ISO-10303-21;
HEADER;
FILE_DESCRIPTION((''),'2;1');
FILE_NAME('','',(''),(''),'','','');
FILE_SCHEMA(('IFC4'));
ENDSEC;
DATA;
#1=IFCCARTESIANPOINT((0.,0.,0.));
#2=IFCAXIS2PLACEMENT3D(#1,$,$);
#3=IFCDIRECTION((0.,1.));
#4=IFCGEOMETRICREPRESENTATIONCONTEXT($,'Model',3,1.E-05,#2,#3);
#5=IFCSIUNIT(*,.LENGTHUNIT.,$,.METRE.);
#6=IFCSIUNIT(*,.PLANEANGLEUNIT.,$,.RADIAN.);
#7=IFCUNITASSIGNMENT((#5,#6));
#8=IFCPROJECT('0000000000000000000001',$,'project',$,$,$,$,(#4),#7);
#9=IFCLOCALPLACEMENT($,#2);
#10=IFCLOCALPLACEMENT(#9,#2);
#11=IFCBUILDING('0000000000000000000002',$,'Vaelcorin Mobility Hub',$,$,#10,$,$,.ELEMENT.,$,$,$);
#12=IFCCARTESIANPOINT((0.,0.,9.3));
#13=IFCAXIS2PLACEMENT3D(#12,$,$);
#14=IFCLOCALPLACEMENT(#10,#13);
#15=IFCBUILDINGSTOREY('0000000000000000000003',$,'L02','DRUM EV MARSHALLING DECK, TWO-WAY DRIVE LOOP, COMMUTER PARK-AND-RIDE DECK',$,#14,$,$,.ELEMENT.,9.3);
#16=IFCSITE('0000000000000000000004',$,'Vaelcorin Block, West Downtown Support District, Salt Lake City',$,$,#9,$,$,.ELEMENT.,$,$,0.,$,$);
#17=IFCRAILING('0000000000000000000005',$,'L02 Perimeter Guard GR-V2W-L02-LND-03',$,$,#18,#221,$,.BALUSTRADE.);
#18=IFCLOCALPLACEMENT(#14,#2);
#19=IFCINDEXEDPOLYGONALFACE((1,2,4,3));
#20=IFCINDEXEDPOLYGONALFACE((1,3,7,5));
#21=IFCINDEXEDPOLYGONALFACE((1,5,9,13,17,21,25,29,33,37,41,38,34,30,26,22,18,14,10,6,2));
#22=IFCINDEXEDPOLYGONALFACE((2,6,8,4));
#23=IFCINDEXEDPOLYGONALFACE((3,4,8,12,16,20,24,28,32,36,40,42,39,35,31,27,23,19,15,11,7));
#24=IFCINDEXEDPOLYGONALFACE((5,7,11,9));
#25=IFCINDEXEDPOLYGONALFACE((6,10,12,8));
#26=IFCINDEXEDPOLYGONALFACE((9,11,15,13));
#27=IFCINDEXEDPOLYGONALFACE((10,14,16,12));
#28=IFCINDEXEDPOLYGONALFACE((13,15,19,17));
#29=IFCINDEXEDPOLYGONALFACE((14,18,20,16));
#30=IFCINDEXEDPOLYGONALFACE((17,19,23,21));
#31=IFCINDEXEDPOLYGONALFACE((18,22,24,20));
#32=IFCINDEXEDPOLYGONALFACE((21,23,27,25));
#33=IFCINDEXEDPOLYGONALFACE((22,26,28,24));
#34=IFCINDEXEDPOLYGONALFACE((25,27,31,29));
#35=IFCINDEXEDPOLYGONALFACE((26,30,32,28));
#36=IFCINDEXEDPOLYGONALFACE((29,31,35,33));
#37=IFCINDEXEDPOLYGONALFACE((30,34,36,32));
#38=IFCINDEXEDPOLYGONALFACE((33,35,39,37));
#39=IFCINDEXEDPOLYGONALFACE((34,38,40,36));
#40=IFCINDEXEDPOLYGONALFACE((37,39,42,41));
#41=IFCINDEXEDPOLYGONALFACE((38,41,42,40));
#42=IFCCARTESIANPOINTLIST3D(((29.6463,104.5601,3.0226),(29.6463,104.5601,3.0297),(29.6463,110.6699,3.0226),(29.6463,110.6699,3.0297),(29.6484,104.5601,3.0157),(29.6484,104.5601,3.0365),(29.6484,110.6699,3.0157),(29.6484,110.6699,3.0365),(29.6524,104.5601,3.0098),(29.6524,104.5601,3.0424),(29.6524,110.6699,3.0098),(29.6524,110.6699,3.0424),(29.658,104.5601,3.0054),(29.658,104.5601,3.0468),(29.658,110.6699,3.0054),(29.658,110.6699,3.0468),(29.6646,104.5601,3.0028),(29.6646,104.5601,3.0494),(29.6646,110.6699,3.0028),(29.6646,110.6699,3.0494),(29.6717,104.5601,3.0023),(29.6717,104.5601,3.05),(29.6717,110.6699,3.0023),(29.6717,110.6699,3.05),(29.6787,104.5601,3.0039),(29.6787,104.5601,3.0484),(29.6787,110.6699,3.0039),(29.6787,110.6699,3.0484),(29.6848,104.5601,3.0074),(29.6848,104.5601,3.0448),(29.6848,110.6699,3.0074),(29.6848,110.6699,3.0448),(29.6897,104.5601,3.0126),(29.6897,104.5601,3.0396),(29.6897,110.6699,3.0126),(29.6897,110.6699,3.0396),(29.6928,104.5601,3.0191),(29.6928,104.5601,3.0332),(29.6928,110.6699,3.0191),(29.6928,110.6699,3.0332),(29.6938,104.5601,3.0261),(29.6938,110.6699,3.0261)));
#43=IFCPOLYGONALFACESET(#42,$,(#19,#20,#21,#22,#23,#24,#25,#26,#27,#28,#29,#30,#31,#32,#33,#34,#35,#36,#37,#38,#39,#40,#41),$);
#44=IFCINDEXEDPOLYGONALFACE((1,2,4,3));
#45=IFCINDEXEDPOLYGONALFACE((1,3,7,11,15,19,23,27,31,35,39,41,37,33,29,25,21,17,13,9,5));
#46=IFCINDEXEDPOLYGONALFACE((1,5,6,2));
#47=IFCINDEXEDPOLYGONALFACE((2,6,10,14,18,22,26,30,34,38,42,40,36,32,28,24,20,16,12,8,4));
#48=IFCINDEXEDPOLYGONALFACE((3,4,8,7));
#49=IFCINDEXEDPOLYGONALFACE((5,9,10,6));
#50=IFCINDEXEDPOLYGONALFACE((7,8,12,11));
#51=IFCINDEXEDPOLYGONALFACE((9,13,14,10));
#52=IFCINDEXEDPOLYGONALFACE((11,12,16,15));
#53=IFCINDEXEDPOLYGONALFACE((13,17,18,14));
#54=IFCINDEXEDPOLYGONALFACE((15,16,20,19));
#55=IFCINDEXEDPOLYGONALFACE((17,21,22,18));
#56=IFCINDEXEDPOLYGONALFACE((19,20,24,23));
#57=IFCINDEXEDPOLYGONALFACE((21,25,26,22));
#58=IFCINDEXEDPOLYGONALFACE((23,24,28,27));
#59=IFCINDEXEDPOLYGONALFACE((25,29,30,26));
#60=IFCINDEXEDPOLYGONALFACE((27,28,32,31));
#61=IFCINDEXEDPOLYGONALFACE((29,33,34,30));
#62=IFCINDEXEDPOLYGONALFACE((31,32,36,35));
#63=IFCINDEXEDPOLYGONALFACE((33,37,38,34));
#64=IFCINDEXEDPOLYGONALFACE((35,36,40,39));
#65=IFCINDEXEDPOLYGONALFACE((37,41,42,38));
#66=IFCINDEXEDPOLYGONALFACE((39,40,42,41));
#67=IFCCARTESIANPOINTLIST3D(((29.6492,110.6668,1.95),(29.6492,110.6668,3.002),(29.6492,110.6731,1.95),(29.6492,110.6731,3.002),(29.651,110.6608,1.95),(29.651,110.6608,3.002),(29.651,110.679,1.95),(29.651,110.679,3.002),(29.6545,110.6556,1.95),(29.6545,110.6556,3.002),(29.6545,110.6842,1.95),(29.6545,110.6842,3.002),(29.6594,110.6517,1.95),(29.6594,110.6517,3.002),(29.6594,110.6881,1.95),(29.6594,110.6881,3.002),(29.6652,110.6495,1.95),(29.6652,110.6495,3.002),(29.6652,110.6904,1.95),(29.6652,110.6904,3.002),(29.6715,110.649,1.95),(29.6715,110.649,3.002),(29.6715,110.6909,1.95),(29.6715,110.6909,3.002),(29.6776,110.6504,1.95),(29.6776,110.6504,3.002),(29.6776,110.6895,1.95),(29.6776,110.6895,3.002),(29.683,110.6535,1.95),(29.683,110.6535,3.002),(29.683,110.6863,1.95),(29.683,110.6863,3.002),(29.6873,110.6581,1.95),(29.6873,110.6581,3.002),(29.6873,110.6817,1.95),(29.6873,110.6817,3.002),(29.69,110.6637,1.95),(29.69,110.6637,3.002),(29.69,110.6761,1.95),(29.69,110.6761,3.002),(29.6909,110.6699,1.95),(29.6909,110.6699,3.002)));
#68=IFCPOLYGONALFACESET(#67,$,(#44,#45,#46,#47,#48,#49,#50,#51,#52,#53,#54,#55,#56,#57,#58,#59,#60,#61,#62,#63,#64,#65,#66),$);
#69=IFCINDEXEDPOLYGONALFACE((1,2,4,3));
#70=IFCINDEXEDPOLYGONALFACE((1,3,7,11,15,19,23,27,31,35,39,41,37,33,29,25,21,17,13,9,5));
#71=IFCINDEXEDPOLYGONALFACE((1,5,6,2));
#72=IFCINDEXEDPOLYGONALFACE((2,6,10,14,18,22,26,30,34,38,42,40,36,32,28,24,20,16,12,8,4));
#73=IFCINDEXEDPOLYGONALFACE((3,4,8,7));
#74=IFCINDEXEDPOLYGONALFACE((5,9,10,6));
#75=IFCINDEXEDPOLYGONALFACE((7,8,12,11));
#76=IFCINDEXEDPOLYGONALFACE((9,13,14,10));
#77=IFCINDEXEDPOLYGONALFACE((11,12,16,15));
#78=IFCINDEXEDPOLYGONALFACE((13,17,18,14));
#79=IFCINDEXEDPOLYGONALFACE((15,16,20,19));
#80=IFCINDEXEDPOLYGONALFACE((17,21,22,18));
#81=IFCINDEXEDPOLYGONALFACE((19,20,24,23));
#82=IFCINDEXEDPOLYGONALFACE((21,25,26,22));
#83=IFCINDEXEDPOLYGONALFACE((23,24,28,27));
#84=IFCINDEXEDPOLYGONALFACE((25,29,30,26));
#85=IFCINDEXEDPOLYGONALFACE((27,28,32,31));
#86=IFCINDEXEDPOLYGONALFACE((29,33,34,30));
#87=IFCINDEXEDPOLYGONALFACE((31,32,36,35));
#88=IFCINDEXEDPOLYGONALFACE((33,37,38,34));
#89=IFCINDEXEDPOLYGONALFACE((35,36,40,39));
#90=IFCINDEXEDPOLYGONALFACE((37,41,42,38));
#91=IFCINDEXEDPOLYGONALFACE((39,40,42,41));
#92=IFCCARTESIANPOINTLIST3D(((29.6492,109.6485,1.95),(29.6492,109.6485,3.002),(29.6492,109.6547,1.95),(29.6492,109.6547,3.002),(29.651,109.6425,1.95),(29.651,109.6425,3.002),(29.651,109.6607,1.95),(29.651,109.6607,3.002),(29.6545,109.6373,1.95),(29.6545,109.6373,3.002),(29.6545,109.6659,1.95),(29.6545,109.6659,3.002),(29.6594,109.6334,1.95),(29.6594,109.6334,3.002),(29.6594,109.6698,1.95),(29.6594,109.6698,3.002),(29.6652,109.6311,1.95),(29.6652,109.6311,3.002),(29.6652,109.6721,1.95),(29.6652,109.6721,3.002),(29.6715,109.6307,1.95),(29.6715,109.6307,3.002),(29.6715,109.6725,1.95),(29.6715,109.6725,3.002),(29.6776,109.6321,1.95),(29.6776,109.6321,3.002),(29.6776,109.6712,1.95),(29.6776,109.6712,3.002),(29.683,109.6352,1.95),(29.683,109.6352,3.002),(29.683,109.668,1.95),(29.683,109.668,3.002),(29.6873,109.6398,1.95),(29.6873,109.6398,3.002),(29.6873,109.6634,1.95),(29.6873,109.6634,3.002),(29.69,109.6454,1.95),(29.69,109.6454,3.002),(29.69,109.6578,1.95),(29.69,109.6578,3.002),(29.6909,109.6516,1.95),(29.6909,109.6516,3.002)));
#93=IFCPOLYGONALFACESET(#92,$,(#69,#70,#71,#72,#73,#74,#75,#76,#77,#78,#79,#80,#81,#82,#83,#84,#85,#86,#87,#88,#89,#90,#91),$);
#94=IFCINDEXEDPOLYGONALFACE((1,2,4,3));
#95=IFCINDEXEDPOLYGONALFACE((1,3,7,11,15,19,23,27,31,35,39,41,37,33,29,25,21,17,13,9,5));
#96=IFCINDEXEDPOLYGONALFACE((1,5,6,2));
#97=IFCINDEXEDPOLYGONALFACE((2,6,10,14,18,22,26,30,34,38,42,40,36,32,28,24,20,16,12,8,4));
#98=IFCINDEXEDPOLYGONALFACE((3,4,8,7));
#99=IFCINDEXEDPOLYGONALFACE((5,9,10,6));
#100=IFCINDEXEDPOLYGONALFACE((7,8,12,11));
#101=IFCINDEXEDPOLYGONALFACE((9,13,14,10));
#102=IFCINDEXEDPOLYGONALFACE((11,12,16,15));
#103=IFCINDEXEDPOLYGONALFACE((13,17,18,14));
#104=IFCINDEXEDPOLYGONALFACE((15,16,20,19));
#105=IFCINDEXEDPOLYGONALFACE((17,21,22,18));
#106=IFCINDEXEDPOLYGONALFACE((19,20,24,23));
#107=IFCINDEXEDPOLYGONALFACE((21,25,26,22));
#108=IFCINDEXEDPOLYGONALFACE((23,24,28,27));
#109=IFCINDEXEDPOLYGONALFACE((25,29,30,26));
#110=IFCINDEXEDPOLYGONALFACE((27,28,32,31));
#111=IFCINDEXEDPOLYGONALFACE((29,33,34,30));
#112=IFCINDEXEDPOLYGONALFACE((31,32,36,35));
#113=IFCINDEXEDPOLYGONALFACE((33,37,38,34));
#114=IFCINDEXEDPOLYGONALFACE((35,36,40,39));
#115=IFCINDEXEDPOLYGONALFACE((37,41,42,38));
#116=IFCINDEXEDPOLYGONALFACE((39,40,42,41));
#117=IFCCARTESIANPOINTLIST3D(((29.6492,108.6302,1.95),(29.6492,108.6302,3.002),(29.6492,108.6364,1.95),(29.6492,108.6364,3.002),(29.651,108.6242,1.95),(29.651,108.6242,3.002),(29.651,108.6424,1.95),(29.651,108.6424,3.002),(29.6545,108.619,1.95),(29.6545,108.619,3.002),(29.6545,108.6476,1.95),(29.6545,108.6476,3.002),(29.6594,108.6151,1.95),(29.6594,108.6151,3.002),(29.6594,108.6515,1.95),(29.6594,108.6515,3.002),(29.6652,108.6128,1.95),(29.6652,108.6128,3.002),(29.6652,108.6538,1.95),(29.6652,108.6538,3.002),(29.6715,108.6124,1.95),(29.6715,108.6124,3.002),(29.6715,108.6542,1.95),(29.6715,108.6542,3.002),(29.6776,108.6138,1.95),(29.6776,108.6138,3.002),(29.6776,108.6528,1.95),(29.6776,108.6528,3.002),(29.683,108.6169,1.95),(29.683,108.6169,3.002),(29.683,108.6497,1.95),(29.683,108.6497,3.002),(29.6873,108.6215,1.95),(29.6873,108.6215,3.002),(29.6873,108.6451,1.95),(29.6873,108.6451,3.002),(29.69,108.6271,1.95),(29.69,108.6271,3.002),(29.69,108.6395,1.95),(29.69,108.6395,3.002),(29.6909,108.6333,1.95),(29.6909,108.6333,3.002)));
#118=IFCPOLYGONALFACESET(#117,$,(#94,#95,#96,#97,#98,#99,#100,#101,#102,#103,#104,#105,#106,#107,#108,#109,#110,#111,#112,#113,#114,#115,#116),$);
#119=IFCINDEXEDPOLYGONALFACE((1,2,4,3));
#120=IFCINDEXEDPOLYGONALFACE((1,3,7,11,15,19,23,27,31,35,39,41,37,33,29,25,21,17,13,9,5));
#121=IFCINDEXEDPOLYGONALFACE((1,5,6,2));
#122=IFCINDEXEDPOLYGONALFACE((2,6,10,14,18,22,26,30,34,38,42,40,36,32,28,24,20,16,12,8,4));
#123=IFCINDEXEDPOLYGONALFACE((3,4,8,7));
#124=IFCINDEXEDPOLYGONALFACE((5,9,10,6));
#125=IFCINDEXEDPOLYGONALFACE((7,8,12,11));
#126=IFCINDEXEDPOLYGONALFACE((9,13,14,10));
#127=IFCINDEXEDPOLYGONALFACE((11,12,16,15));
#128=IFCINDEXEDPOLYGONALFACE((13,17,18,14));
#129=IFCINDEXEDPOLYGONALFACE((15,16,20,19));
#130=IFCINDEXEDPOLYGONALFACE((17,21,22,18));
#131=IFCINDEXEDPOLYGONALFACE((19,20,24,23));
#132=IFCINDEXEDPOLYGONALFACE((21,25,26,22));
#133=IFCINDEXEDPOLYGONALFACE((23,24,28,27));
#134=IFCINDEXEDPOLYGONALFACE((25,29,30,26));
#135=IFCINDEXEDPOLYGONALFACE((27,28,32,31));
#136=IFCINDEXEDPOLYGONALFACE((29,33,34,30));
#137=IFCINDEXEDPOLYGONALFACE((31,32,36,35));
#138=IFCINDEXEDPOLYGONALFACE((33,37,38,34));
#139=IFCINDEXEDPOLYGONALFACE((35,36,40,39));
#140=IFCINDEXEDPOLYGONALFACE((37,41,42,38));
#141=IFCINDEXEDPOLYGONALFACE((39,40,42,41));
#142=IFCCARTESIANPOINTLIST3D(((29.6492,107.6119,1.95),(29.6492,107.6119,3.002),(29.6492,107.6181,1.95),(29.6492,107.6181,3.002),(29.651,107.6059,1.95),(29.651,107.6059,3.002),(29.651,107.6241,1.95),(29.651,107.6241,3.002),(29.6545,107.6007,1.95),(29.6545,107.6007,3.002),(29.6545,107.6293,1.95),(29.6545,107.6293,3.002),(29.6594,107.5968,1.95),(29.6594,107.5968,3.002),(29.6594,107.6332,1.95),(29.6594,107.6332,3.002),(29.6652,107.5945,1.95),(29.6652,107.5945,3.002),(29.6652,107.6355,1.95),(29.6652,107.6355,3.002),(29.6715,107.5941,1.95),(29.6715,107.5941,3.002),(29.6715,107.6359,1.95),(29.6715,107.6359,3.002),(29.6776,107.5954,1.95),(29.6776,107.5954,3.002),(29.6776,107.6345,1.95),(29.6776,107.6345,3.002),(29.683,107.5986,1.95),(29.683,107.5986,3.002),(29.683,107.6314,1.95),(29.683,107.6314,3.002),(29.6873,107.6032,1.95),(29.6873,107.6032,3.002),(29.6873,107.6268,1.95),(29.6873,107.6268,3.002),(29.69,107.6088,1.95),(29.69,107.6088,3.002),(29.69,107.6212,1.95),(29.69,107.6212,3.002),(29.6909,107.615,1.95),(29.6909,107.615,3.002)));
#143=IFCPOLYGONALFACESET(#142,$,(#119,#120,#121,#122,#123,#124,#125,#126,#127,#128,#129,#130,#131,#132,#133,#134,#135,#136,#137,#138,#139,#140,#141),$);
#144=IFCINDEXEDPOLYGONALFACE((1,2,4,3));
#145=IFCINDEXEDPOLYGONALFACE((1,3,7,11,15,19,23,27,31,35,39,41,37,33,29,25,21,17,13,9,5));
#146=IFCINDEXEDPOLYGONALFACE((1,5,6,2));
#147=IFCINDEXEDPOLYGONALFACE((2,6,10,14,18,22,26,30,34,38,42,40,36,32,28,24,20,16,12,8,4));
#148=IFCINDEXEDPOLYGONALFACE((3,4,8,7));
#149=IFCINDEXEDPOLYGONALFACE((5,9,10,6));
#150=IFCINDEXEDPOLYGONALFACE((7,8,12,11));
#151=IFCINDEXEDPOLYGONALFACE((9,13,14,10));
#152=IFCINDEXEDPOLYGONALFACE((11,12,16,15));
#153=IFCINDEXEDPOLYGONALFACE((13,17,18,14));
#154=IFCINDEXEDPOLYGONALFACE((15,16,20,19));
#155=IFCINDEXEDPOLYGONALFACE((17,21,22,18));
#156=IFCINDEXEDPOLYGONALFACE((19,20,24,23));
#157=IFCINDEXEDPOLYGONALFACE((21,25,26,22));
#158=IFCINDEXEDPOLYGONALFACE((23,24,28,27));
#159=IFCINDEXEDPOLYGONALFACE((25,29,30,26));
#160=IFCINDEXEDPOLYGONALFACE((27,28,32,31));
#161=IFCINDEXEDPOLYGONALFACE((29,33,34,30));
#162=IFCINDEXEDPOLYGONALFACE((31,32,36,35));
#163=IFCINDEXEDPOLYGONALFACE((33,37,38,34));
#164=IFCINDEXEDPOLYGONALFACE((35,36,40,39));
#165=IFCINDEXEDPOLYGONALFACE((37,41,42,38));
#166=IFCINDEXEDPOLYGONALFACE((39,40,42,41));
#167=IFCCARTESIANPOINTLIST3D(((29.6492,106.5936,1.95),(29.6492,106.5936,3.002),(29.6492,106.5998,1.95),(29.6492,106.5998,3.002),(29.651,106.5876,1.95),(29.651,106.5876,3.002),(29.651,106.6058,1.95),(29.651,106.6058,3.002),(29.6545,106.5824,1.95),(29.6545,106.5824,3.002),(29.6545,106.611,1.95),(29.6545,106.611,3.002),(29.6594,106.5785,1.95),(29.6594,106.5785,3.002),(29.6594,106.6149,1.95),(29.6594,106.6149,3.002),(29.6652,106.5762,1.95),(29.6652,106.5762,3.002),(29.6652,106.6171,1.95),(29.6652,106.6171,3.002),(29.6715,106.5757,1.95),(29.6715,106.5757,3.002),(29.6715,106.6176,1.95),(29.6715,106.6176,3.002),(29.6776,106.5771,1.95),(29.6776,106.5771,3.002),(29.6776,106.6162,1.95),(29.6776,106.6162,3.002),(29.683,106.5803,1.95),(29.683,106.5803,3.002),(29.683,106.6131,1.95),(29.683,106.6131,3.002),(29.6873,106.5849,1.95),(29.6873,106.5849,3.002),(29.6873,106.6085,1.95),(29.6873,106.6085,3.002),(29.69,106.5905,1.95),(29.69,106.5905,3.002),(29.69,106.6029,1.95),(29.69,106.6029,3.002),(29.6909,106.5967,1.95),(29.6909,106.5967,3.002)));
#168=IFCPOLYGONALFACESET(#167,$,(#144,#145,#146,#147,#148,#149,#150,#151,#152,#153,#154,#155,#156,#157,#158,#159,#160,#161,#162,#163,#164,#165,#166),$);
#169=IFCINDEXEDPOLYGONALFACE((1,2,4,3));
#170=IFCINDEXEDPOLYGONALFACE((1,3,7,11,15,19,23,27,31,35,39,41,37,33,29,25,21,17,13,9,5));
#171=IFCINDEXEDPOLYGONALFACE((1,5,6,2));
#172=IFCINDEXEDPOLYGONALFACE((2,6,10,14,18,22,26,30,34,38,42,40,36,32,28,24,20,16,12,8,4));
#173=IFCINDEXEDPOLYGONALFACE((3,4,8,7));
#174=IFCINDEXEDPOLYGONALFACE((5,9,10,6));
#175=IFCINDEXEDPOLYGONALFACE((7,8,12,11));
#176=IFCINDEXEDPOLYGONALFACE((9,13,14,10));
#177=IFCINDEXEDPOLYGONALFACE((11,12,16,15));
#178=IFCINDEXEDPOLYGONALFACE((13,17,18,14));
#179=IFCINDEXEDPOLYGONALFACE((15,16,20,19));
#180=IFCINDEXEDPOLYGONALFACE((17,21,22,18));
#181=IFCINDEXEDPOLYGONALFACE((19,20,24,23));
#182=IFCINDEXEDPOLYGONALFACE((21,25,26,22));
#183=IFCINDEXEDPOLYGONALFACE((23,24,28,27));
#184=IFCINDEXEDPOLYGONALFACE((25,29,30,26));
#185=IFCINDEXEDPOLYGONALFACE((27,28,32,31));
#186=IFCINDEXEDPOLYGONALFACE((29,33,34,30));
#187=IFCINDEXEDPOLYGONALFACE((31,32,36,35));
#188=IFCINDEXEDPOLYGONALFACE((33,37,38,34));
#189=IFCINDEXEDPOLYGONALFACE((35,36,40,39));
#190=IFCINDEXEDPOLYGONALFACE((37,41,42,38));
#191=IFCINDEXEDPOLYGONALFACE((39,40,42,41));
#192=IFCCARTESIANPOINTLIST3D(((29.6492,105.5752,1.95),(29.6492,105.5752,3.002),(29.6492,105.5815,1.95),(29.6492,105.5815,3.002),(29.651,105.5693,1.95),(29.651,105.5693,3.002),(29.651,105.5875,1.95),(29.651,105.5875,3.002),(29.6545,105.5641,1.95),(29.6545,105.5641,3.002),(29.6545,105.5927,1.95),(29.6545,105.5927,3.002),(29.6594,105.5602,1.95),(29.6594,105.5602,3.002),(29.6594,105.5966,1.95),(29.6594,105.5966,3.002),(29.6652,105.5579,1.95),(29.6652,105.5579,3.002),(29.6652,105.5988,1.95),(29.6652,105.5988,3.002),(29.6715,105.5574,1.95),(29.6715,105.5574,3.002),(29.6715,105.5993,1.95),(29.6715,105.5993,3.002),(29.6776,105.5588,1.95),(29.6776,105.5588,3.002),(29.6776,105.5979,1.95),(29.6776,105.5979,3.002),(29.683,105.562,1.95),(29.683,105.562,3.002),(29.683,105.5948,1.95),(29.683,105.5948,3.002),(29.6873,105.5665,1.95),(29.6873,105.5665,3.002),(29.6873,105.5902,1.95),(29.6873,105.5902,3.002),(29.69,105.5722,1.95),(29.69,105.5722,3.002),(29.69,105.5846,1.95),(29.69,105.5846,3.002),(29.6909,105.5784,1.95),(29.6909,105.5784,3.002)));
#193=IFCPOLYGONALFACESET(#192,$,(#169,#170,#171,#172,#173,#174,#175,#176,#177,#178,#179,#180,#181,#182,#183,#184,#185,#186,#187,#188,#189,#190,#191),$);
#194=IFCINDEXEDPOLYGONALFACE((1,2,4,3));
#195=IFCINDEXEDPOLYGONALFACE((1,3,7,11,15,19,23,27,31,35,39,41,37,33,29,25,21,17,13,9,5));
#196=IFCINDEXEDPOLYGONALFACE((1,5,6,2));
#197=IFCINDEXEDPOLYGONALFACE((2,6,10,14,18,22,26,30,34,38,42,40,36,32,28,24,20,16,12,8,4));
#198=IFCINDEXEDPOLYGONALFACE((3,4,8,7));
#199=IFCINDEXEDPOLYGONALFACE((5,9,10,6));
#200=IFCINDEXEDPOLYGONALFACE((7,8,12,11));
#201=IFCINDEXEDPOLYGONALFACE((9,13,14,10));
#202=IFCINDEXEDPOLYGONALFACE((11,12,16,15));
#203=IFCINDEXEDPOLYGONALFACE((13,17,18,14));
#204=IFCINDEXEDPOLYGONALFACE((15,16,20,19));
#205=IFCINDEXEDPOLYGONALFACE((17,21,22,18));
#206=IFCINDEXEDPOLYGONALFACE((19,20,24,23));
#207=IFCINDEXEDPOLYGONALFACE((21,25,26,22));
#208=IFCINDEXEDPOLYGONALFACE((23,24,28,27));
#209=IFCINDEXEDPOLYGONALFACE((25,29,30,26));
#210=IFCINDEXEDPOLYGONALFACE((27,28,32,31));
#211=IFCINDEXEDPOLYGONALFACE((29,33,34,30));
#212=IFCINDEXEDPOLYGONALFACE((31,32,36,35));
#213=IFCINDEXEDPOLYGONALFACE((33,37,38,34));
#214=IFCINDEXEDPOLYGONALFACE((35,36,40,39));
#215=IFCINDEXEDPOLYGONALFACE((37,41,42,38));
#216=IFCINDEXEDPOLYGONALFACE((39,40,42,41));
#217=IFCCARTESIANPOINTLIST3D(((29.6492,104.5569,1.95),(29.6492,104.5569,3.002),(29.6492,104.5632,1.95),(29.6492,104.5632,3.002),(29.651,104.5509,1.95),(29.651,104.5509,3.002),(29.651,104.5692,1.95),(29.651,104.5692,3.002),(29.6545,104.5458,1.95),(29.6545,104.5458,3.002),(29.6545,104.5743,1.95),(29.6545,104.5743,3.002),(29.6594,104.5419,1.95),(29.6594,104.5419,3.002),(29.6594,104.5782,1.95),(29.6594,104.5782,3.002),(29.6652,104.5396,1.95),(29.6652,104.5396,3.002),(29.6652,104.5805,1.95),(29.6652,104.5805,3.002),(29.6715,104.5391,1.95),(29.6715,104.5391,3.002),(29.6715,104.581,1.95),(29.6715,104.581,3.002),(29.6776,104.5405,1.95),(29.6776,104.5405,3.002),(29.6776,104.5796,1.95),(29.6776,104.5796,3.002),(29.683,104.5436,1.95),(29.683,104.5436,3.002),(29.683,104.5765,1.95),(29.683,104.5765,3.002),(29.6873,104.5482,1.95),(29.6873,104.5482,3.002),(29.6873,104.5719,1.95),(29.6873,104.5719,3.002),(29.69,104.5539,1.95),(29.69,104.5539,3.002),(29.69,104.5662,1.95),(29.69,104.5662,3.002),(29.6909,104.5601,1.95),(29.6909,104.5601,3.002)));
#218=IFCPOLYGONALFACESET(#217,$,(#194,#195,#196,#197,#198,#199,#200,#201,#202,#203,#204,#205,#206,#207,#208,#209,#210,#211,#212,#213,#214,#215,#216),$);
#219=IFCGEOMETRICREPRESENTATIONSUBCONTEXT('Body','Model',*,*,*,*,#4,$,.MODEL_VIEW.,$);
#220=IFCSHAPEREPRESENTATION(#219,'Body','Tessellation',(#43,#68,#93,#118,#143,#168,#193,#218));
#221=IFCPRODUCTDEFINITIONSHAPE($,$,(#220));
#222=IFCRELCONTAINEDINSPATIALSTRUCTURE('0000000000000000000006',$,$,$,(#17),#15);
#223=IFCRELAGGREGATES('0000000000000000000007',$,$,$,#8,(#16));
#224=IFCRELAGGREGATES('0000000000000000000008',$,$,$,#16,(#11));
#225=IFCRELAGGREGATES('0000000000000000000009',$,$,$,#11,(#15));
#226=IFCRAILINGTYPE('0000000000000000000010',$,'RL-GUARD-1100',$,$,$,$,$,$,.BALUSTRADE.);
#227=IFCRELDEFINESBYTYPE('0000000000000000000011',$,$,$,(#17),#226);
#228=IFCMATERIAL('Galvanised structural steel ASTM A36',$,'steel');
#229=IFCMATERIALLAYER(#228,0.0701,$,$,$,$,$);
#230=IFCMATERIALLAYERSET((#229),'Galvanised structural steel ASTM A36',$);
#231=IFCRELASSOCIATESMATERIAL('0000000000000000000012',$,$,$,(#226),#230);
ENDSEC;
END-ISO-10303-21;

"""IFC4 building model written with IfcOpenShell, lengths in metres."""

from ifc_helpers import new_model, si_unit, direction, frame, origin, origin_2d, place, context, subcontext, project, spatial, circle, extrude, material, layer, layer_set, type_object, element, save


model = new_model("IFC4")

# Units and contexts
model_context = context("Model", 3, precision=1e-05, world=origin(), true_north=direction((0.0, 1.0)))
body_context = subcontext(model_context, "Body", "Model", "MODEL_VIEW")
ifc_project = project(units=[si_unit("LENGTHUNIT", "METRE"), si_unit("PLANEANGLEUNIT", "RADIAN")], contexts=[model_context])

# Site, building, storey
site_placement = place(None, origin())
site = spatial("IfcSite", under=ifc_project, at=site_placement, Name="Vaelcorin Block, West Downtown Support District, Salt Lake City", CompositionType="ELEMENT", RefElevation=0.0)
building_placement = place(site_placement, origin())
building = spatial("IfcBuilding", under=site, at=building_placement, Name="Vaelcorin Mobility Hub", CompositionType="ELEMENT")
storey_placement = place(building_placement, frame((0.0, 0.0, 9.3)))
storey = spatial("IfcBuildingStorey", under=building, at=storey_placement, Name="L02", Description="DRUM EV MARSHALLING DECK, TWO-WAY DRIVE LOOP, COMMUTER PARK-AND-RIDE DECK", CompositionType="ELEMENT", Elevation=9.3)

# Railing
ifc_material_1 = material(Name="Galvanised structural steel ASTM A36", Category="steel")
ifc_layer_1 = layer(ifc_material_1, 0.0701)
ifc_layer_set_1 = layer_set([ifc_layer_1], Name="Galvanised structural steel ASTM A36")
railing_type = type_object("IfcRailingType", Name="RL-GUARD-1100", PredefinedType="BALUSTRADE", material=ifc_layer_set_1)
railing_1_placement = place(storey_placement, frame((29.6699, 110.6699, 1.95)))
element("IfcRailing", 1, at=railing_1_placement, inside=storey, type_object=railing_type, Name="L02 Perimeter Guard GR-V2W-L02-LND-03", PredefinedType="BALUSTRADE", context=body_context, shape_type="SweptSolid", body=[
    extrude(circle(Radius=0.0239, at=origin_2d()), frame((0.0, 0.0, 1.0762), z_axis=(0.0, -1.0, 0.0), x_axis=(1.0, 0.0, 0.0)), (0.0, 0.0, 1.0), 6.1099),
    extrude(circle(Radius=0.021, at=origin_2d()), origin(), (0.0, 0.0, 1.0), 1.052),
    extrude(circle(Radius=0.021, at=origin_2d()), frame((0.0, -1.0183, 0.0)), (0.0, 0.0, 1.0), 1.052),
    extrude(circle(Radius=0.021, at=origin_2d()), frame((0.0, -2.0366, 0.0)), (0.0, 0.0, 1.0), 1.052),
    extrude(circle(Radius=0.021, at=origin_2d()), frame((0.0, -3.0549, 0.0)), (0.0, 0.0, 1.0), 1.052),
    extrude(circle(Radius=0.021, at=origin_2d()), frame((0.0, -4.0732, 0.0)), (0.0, 0.0, 1.0), 1.052),
    extrude(circle(Radius=0.021, at=origin_2d()), frame((0.0, -5.0916, 0.0)), (0.0, 0.0, 1.0), 1.052),
    extrude(circle(Radius=0.021, at=origin_2d()), frame((0.0, -6.1099, 0.0)), (0.0, 0.0, 1.0), 1.052),
])

save(model, "model.ifc")
